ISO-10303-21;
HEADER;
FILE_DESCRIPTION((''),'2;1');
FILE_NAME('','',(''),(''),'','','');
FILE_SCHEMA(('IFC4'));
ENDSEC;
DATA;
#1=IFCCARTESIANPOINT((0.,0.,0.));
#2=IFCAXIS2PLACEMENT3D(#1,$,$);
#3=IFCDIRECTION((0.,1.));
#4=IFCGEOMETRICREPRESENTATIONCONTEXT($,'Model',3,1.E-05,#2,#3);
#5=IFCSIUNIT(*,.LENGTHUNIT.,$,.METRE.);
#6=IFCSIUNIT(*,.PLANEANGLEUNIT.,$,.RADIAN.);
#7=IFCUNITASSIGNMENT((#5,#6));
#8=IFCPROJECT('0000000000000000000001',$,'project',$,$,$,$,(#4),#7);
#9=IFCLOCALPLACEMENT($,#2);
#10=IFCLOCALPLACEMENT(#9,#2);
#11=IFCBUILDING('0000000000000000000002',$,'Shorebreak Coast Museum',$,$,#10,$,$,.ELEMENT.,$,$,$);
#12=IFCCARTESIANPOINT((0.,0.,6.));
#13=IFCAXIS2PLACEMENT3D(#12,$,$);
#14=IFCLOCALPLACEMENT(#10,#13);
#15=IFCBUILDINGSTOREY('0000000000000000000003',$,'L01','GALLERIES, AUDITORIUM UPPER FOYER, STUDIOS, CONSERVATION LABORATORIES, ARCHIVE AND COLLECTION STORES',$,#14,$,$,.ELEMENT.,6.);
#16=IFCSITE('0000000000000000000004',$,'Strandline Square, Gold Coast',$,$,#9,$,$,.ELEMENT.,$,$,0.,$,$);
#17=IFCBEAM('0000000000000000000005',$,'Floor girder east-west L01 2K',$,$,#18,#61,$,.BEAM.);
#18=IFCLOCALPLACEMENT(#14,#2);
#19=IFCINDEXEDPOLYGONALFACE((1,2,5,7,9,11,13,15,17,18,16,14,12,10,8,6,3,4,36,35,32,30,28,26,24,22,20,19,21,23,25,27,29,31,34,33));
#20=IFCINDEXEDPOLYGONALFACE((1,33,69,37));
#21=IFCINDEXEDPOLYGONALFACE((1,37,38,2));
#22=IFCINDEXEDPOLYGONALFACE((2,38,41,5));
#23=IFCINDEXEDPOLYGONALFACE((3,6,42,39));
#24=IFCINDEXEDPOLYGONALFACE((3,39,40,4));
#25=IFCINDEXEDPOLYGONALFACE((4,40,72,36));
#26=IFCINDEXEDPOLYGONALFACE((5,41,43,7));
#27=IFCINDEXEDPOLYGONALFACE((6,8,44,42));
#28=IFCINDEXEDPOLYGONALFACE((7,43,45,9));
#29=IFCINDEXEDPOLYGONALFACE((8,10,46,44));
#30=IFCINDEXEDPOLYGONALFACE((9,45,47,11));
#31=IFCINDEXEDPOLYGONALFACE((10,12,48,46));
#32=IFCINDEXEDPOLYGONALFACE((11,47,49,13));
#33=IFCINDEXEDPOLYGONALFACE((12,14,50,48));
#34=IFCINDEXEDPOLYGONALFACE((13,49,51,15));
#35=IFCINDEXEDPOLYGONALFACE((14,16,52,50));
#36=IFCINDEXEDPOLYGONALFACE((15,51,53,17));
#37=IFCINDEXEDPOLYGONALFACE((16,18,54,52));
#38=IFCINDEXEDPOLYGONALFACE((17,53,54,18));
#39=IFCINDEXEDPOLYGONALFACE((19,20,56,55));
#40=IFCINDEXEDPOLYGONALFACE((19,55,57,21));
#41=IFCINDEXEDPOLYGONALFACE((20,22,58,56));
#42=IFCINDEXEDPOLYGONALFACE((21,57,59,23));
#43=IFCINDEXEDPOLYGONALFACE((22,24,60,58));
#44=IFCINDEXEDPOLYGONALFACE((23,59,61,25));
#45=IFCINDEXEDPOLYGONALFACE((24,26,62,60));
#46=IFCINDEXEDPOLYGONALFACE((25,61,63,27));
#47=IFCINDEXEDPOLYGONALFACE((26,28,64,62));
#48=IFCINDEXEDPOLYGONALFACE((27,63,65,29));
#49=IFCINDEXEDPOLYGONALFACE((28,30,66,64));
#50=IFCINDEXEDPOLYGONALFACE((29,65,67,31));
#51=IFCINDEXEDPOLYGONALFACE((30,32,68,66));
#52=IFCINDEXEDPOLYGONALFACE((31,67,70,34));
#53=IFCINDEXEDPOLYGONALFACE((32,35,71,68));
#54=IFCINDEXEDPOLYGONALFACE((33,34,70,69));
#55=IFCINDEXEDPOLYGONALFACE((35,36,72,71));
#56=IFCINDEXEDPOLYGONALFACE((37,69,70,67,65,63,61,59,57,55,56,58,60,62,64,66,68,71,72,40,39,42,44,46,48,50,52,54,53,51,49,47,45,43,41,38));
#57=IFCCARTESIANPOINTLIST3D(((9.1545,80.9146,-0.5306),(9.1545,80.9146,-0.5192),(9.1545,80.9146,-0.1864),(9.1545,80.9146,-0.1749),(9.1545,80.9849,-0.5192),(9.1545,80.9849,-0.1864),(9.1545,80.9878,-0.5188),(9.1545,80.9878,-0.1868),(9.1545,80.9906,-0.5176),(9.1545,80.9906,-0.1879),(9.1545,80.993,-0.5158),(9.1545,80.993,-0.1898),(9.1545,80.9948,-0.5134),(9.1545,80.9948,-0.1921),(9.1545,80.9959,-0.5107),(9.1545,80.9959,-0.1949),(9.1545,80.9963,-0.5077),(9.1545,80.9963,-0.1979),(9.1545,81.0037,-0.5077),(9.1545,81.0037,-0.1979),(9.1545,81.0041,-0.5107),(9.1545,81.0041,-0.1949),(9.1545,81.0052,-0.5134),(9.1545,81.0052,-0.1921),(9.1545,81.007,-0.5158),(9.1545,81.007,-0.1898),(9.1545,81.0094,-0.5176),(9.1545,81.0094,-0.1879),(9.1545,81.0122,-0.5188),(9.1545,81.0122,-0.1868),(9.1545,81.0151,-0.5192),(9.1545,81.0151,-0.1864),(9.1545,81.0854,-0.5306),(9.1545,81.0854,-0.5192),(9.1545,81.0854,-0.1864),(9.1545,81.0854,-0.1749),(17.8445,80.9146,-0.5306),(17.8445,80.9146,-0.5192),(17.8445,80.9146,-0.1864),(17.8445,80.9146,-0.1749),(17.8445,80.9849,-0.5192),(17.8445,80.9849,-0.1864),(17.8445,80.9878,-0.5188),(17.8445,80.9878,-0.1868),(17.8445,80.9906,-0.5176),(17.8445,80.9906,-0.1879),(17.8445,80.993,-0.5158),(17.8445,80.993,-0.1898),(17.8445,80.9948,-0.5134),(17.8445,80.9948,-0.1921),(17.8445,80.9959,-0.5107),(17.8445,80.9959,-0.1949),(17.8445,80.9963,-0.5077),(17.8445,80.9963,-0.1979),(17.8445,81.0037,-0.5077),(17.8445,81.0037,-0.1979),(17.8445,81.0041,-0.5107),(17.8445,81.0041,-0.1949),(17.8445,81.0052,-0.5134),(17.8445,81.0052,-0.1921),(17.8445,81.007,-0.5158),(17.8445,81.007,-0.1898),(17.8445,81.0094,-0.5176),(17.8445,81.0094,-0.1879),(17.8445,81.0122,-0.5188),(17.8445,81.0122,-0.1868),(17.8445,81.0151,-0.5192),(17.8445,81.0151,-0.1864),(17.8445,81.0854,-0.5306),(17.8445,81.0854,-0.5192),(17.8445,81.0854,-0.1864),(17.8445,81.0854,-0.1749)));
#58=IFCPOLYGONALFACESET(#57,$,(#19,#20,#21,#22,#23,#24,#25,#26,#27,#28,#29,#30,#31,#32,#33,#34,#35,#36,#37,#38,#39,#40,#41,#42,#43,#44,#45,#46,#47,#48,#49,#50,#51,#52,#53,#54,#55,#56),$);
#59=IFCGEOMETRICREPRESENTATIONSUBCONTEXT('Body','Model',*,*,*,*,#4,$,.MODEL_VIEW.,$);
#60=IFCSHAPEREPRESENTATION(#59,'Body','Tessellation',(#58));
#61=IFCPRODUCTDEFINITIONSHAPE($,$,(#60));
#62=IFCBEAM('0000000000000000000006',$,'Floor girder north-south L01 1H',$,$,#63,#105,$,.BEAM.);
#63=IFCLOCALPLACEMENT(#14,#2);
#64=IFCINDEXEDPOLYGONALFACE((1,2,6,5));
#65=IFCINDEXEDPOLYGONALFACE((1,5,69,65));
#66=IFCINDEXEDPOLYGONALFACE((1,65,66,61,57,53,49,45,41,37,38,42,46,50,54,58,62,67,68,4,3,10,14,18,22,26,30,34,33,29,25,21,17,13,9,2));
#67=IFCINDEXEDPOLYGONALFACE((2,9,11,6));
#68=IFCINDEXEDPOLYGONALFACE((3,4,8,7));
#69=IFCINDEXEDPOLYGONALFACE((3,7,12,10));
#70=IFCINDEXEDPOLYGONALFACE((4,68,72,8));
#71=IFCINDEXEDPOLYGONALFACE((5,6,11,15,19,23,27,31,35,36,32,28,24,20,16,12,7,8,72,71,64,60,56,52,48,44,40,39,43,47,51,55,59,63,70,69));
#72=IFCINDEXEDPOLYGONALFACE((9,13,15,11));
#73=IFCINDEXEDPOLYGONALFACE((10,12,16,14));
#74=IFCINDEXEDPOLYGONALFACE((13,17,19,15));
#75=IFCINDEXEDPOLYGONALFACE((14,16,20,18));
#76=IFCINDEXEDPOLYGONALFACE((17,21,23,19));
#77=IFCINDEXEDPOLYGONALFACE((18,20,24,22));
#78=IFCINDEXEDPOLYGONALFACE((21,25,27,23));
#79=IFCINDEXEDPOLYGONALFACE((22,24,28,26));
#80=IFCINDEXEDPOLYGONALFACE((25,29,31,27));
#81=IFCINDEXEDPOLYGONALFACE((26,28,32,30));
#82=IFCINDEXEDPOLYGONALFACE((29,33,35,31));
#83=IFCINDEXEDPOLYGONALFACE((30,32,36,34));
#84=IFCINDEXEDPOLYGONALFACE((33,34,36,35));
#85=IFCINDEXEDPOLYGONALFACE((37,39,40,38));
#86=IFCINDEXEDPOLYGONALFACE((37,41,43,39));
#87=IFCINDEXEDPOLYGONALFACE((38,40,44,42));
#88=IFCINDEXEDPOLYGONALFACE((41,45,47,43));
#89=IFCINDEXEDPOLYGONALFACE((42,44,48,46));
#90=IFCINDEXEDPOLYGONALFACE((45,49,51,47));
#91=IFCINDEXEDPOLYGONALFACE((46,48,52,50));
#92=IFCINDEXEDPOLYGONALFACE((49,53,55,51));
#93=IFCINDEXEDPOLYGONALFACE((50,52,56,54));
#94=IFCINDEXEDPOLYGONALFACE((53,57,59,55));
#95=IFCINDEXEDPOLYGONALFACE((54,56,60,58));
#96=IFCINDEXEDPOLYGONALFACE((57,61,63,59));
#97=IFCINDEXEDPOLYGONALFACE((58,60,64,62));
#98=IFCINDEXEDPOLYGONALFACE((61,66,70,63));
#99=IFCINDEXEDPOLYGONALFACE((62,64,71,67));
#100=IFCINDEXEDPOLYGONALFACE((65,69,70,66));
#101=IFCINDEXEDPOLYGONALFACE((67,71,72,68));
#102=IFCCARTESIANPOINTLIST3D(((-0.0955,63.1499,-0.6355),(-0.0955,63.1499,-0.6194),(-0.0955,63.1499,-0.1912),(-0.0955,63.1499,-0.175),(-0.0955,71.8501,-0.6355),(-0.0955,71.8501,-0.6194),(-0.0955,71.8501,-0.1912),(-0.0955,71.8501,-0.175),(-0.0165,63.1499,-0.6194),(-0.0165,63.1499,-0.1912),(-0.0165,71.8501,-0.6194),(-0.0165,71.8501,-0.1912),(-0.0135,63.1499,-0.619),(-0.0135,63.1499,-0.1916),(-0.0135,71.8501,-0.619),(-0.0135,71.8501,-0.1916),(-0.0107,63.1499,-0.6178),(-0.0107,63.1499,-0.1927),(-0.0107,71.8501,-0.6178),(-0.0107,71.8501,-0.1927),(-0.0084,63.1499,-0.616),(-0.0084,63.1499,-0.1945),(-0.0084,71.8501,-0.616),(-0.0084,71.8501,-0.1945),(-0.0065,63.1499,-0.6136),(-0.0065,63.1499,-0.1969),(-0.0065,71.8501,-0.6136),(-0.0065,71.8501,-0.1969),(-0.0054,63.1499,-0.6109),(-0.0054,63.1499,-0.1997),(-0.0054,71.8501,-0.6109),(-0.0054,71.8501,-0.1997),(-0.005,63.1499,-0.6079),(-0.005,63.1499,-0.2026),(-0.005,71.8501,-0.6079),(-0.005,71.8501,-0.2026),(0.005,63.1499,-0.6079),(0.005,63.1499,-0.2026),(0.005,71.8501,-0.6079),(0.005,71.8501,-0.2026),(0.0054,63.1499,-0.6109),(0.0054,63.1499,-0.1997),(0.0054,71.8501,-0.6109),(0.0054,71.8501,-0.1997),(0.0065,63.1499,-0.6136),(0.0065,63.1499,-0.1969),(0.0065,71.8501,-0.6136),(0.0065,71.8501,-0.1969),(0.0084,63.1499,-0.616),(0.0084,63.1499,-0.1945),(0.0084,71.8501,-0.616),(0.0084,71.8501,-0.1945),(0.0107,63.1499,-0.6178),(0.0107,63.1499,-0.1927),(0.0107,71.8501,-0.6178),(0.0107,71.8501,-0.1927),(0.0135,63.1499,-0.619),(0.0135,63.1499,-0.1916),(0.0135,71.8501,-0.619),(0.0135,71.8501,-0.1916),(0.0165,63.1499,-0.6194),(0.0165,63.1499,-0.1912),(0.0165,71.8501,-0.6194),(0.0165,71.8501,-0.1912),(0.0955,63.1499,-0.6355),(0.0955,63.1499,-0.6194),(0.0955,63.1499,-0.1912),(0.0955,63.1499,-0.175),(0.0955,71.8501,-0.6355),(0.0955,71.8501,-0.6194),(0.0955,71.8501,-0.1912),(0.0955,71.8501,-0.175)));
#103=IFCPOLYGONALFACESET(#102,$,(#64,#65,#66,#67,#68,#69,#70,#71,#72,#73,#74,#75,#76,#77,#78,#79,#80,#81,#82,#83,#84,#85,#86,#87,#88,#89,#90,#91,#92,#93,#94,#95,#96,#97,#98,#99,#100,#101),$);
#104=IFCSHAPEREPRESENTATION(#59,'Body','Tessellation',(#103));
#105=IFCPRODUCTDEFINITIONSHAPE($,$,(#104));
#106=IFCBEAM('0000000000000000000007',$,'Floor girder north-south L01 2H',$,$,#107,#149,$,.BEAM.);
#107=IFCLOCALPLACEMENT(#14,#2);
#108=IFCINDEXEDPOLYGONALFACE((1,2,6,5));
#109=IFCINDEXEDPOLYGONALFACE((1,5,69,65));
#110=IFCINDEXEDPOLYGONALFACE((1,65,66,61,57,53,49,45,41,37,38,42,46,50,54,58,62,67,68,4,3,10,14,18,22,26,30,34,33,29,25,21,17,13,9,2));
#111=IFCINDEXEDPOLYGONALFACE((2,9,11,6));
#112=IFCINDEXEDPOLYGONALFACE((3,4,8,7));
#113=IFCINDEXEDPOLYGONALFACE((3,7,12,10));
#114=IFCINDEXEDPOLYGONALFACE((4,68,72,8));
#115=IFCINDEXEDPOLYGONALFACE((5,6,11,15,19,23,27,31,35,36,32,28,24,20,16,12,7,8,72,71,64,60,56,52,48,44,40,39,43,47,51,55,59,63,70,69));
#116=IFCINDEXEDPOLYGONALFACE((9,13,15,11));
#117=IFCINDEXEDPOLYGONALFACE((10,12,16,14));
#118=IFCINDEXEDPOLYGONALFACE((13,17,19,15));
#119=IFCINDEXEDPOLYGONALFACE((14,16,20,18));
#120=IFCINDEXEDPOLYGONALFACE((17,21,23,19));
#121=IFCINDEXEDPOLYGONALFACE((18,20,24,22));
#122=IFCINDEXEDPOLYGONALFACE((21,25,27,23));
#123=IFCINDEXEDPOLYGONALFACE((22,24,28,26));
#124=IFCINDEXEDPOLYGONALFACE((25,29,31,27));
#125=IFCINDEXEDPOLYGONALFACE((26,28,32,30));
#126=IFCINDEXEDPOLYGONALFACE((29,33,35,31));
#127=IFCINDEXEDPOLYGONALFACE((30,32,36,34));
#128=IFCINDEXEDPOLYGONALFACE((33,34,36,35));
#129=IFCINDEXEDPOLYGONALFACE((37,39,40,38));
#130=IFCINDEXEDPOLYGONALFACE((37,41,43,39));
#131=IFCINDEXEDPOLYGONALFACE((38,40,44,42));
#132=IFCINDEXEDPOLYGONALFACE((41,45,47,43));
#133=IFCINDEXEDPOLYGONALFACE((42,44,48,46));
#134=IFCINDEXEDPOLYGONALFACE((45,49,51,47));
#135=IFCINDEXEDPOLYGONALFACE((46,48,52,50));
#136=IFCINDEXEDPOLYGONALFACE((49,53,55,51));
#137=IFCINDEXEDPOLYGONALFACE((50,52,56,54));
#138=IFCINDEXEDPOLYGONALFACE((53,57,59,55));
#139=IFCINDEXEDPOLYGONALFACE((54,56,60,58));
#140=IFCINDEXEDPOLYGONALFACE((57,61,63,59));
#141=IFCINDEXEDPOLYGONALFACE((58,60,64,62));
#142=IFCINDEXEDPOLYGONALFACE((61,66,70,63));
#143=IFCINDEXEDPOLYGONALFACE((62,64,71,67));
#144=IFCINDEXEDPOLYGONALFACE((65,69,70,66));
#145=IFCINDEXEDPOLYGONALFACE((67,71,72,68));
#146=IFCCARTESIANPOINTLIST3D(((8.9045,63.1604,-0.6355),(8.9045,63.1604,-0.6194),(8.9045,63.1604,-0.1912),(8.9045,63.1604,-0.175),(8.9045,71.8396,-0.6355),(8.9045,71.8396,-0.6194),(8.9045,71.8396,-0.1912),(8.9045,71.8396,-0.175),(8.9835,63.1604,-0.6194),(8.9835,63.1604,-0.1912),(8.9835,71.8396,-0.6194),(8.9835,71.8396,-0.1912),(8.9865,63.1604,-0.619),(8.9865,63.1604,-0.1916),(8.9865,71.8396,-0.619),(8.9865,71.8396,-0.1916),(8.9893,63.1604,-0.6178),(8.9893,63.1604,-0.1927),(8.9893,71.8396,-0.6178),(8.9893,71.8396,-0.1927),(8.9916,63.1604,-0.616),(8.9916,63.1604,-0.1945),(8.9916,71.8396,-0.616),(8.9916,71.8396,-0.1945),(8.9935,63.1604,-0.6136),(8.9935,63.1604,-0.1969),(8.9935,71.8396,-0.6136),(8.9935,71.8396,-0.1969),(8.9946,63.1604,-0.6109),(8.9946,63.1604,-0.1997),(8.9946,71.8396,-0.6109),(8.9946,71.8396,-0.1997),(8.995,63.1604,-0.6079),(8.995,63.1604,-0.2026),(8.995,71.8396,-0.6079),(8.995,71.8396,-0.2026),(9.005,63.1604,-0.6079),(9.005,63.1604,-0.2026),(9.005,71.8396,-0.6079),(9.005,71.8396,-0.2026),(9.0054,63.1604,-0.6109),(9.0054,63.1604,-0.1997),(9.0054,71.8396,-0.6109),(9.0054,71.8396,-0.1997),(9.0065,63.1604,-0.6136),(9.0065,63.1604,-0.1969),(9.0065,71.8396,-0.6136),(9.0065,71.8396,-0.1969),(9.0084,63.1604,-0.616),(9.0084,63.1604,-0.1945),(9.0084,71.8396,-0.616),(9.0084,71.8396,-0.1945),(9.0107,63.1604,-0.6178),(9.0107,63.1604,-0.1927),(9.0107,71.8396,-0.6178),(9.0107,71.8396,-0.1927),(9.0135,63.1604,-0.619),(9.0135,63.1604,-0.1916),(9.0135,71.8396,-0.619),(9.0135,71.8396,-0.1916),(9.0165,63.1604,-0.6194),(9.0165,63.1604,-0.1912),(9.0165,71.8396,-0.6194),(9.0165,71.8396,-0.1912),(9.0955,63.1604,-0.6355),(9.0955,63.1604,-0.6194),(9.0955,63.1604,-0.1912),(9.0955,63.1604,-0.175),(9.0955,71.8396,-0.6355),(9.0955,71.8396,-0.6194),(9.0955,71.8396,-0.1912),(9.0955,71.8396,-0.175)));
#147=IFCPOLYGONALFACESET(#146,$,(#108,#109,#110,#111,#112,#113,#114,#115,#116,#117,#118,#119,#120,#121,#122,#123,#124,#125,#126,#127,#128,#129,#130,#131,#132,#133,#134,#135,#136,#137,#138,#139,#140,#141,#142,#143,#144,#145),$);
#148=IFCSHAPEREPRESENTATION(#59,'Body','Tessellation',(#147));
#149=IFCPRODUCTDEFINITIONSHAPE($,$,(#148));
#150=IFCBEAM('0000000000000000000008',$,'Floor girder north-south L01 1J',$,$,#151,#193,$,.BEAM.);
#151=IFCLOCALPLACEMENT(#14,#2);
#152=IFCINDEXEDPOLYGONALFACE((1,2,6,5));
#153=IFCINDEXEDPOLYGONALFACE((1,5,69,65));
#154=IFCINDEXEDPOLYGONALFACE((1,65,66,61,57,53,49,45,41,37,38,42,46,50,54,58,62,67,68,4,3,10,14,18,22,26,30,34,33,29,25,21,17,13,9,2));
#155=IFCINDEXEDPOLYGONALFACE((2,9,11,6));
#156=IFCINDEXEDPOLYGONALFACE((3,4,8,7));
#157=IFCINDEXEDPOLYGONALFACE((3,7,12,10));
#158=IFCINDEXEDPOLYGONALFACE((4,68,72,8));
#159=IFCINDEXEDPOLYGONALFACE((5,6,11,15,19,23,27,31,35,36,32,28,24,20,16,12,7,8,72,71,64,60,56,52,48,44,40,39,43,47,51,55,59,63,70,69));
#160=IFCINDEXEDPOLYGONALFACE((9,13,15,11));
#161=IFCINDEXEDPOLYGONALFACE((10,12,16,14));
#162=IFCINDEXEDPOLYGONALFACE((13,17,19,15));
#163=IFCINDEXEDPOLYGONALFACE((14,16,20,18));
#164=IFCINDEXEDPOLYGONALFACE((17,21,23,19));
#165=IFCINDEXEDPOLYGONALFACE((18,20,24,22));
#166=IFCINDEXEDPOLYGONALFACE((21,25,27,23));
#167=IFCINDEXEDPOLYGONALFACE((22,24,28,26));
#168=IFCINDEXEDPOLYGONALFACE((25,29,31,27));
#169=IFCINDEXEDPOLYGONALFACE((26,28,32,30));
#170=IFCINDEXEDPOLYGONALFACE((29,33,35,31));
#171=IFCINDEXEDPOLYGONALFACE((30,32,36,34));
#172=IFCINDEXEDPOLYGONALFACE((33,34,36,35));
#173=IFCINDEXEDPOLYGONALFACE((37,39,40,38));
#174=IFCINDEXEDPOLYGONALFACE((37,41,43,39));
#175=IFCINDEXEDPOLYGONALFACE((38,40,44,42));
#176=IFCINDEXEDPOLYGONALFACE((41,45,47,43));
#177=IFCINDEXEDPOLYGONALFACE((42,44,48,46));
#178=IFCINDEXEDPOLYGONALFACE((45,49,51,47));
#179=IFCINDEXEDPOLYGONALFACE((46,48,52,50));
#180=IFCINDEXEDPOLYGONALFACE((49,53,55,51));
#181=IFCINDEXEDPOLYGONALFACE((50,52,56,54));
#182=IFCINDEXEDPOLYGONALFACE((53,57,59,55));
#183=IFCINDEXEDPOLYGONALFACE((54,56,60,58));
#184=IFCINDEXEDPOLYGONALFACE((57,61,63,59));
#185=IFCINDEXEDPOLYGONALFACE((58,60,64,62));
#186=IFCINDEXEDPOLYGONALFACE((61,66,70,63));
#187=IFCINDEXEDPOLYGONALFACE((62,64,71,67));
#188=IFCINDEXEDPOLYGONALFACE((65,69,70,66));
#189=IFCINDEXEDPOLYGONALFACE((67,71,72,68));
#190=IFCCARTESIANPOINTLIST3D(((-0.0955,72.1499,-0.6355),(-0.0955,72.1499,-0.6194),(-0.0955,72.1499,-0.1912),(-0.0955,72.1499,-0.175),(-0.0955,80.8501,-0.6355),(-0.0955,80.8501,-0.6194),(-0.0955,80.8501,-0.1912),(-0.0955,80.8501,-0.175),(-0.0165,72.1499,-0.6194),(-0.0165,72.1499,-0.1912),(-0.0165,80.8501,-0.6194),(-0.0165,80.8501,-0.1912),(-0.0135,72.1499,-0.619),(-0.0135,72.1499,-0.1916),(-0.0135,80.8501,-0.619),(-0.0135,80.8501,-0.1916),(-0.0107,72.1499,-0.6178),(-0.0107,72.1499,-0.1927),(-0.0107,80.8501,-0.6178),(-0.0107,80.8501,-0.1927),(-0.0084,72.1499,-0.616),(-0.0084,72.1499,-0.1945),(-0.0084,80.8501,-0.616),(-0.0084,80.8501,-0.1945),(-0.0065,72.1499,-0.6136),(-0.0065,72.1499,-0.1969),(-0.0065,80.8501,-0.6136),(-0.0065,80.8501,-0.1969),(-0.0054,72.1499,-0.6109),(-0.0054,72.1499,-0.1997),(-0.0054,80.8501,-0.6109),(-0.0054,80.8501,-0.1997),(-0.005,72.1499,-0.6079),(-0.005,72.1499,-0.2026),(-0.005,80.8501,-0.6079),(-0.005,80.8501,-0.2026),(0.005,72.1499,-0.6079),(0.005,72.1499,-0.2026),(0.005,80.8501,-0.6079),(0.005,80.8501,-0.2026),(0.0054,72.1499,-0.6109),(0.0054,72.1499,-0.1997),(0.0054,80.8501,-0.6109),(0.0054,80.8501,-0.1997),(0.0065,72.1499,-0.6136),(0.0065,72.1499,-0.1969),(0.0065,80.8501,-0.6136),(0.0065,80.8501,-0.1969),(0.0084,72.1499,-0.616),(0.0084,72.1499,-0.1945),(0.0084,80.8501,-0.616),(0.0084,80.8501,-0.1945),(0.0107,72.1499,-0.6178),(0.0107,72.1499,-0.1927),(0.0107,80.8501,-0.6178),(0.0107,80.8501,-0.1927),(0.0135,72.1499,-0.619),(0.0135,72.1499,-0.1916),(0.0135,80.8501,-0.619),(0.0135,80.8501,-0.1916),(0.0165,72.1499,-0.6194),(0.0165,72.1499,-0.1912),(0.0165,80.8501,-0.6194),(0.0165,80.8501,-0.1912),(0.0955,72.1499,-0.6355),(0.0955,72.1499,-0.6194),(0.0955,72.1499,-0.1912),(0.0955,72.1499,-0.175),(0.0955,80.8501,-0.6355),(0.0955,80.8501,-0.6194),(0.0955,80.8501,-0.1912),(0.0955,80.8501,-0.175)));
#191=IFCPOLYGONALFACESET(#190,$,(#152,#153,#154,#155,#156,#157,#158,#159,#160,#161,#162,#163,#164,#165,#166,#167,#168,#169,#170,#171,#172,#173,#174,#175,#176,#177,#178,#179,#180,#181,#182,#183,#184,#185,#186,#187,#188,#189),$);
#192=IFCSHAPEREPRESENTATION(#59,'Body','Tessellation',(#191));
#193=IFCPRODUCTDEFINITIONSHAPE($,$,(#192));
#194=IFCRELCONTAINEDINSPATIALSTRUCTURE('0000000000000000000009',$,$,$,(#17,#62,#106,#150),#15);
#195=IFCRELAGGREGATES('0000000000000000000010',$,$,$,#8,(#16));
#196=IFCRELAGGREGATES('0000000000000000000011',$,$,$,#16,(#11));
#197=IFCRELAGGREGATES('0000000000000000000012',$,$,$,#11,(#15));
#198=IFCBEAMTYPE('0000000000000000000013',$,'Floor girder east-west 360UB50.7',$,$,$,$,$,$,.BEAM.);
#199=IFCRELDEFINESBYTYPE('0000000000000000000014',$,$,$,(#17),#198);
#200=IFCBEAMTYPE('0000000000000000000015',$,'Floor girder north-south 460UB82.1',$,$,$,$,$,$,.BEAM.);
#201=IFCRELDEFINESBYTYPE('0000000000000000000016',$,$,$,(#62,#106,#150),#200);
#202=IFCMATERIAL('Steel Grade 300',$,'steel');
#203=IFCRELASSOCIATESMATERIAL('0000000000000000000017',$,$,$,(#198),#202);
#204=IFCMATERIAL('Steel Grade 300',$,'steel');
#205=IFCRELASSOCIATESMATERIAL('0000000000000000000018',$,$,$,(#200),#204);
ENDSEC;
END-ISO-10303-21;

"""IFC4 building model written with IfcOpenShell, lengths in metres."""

from ifc_helpers import new_model, si_unit, direction, frame, origin, origin_2d, place, context, subcontext, project, spatial, i_section, extrude, material, material_profile, profile_set, type_object, element, save


model = new_model("IFC4")

# Units and contexts
model_context = context("Model", 3, precision=1e-05, world=origin(), true_north=direction((0.0, 1.0)))
body_context = subcontext(model_context, "Body", "Model", "MODEL_VIEW")
ifc_project = project(units=[si_unit("LENGTHUNIT", "METRE"), si_unit("PLANEANGLEUNIT", "RADIAN")], contexts=[model_context])

# Site, building, storey
site_placement = place(None, origin())
site = spatial("IfcSite", under=ifc_project, at=site_placement, Name="Strandline Square, Gold Coast", CompositionType="ELEMENT", RefElevation=0.0)
building_placement = place(site_placement, origin())
building = spatial("IfcBuilding", under=site, at=building_placement, Name="Shorebreak Coast Museum", CompositionType="ELEMENT")
storey_placement = place(building_placement, frame((0.0, 0.0, 6.0)))
storey = spatial("IfcBuildingStorey", under=building, at=storey_placement, Name="L01", Description="GALLERIES, AUDITORIUM UPPER FOYER, STUDIOS, CONSERVATION LABORATORIES, ARCHIVE AND COLLECTION STORES", CompositionType="ELEMENT", Elevation=6.0)

# Beams
ifc_material_1 = material(Name="Steel Grade 300", Category="steel")
ifc_material_profile_1 = material_profile(ifc_material_1, i_section(OverallWidth=0.1709, OverallDepth=0.3557, WebThickness=0.0073, FlangeThickness=0.0115, FilletRadius=0.0115, at=origin_2d()), Name="360UB50.7")
ifc_profile_set_1 = profile_set([ifc_material_profile_1], Name="Steel Grade 300")
beam_type_1 = type_object("IfcBeamType", Name="Floor girder east-west 360UB50.7", PredefinedType="BEAM", material=ifc_profile_set_1)
beam_1_placement = place(storey_placement, frame((9.1545, 81.0, -0.3528), z_axis=(1.0, 0.0, 0.0), x_axis=(0.0, 1.0, 0.0)))
element("IfcBeam", 1, at=beam_1_placement, inside=storey, type_object=beam_type_1, Name="Floor girder east-west L01 2K", PredefinedType="BEAM", context=body_context, shape_type="SweptSolid", body=[
    extrude(i_section(OverallWidth=0.1709, OverallDepth=0.3557, WebThickness=0.0073, FlangeThickness=0.0115, FilletRadius=0.0115, at=origin_2d()), origin(), (0.0, 0.0, 1.0), 8.6899),
])
ifc_material_2 = material(Name="Steel Grade 300", Category="steel")
ifc_material_profile_2 = material_profile(ifc_material_2, i_section(OverallWidth=0.1909, OverallDepth=0.4604, WebThickness=0.01, FlangeThickness=0.0161, FilletRadius=0.0115, at=origin_2d()), Name="460UB82.1")
ifc_profile_set_2 = profile_set([ifc_material_profile_2], Name="Steel Grade 300")
beam_type_2 = type_object("IfcBeamType", Name="Floor girder north-south 460UB82.1", PredefinedType="BEAM", material=ifc_profile_set_2)
beam_2_placement = place(storey_placement, frame((0.0, 63.1499, -0.4053), z_axis=(0.0, 1.0, 0.0), x_axis=(-1.0, 0.0, 0.0)))
element("IfcBeam", 2, at=beam_2_placement, inside=storey, type_object=beam_type_2, Name="Floor girder north-south L01 1H", PredefinedType="BEAM", context=body_context, shape_type="SweptSolid", body=[
    extrude(i_section(OverallWidth=0.1909, OverallDepth=0.4604, WebThickness=0.01, FlangeThickness=0.0161, FilletRadius=0.0115, at=origin_2d()), origin(), (0.0, 0.0, 1.0), 8.7002),
])
beam_3_placement = place(storey_placement, frame((9.0, 63.1604, -0.4053), z_axis=(0.0, 1.0, 0.0), x_axis=(-1.0, 0.0, 0.0)))
element("IfcBeam", 3, at=beam_3_placement, inside=storey, type_object=beam_type_2, Name="Floor girder north-south L01 2H", PredefinedType="BEAM", context=body_context, shape_type="SweptSolid", body=[
    extrude(i_section(OverallWidth=0.1909, OverallDepth=0.4604, WebThickness=0.01, FlangeThickness=0.0161, FilletRadius=0.0115, at=origin_2d()), origin(), (0.0, 0.0, 1.0), 8.6792),
])
beam_4_placement = place(storey_placement, frame((0.0, 72.1499, -0.4053), z_axis=(0.0, 1.0, 0.0), x_axis=(-1.0, 0.0, 0.0)))
element("IfcBeam", 4, at=beam_4_placement, inside=storey, type_object=beam_type_2, Name="Floor girder north-south L01 1J", PredefinedType="BEAM", context=body_context, shape_type="SweptSolid", body=[
    extrude(i_section(OverallWidth=0.1909, OverallDepth=0.4604, WebThickness=0.01, FlangeThickness=0.0161, FilletRadius=0.0115, at=origin_2d()), origin(), (0.0, 0.0, 1.0), 8.7002),
])

save(model, "model.ifc")
